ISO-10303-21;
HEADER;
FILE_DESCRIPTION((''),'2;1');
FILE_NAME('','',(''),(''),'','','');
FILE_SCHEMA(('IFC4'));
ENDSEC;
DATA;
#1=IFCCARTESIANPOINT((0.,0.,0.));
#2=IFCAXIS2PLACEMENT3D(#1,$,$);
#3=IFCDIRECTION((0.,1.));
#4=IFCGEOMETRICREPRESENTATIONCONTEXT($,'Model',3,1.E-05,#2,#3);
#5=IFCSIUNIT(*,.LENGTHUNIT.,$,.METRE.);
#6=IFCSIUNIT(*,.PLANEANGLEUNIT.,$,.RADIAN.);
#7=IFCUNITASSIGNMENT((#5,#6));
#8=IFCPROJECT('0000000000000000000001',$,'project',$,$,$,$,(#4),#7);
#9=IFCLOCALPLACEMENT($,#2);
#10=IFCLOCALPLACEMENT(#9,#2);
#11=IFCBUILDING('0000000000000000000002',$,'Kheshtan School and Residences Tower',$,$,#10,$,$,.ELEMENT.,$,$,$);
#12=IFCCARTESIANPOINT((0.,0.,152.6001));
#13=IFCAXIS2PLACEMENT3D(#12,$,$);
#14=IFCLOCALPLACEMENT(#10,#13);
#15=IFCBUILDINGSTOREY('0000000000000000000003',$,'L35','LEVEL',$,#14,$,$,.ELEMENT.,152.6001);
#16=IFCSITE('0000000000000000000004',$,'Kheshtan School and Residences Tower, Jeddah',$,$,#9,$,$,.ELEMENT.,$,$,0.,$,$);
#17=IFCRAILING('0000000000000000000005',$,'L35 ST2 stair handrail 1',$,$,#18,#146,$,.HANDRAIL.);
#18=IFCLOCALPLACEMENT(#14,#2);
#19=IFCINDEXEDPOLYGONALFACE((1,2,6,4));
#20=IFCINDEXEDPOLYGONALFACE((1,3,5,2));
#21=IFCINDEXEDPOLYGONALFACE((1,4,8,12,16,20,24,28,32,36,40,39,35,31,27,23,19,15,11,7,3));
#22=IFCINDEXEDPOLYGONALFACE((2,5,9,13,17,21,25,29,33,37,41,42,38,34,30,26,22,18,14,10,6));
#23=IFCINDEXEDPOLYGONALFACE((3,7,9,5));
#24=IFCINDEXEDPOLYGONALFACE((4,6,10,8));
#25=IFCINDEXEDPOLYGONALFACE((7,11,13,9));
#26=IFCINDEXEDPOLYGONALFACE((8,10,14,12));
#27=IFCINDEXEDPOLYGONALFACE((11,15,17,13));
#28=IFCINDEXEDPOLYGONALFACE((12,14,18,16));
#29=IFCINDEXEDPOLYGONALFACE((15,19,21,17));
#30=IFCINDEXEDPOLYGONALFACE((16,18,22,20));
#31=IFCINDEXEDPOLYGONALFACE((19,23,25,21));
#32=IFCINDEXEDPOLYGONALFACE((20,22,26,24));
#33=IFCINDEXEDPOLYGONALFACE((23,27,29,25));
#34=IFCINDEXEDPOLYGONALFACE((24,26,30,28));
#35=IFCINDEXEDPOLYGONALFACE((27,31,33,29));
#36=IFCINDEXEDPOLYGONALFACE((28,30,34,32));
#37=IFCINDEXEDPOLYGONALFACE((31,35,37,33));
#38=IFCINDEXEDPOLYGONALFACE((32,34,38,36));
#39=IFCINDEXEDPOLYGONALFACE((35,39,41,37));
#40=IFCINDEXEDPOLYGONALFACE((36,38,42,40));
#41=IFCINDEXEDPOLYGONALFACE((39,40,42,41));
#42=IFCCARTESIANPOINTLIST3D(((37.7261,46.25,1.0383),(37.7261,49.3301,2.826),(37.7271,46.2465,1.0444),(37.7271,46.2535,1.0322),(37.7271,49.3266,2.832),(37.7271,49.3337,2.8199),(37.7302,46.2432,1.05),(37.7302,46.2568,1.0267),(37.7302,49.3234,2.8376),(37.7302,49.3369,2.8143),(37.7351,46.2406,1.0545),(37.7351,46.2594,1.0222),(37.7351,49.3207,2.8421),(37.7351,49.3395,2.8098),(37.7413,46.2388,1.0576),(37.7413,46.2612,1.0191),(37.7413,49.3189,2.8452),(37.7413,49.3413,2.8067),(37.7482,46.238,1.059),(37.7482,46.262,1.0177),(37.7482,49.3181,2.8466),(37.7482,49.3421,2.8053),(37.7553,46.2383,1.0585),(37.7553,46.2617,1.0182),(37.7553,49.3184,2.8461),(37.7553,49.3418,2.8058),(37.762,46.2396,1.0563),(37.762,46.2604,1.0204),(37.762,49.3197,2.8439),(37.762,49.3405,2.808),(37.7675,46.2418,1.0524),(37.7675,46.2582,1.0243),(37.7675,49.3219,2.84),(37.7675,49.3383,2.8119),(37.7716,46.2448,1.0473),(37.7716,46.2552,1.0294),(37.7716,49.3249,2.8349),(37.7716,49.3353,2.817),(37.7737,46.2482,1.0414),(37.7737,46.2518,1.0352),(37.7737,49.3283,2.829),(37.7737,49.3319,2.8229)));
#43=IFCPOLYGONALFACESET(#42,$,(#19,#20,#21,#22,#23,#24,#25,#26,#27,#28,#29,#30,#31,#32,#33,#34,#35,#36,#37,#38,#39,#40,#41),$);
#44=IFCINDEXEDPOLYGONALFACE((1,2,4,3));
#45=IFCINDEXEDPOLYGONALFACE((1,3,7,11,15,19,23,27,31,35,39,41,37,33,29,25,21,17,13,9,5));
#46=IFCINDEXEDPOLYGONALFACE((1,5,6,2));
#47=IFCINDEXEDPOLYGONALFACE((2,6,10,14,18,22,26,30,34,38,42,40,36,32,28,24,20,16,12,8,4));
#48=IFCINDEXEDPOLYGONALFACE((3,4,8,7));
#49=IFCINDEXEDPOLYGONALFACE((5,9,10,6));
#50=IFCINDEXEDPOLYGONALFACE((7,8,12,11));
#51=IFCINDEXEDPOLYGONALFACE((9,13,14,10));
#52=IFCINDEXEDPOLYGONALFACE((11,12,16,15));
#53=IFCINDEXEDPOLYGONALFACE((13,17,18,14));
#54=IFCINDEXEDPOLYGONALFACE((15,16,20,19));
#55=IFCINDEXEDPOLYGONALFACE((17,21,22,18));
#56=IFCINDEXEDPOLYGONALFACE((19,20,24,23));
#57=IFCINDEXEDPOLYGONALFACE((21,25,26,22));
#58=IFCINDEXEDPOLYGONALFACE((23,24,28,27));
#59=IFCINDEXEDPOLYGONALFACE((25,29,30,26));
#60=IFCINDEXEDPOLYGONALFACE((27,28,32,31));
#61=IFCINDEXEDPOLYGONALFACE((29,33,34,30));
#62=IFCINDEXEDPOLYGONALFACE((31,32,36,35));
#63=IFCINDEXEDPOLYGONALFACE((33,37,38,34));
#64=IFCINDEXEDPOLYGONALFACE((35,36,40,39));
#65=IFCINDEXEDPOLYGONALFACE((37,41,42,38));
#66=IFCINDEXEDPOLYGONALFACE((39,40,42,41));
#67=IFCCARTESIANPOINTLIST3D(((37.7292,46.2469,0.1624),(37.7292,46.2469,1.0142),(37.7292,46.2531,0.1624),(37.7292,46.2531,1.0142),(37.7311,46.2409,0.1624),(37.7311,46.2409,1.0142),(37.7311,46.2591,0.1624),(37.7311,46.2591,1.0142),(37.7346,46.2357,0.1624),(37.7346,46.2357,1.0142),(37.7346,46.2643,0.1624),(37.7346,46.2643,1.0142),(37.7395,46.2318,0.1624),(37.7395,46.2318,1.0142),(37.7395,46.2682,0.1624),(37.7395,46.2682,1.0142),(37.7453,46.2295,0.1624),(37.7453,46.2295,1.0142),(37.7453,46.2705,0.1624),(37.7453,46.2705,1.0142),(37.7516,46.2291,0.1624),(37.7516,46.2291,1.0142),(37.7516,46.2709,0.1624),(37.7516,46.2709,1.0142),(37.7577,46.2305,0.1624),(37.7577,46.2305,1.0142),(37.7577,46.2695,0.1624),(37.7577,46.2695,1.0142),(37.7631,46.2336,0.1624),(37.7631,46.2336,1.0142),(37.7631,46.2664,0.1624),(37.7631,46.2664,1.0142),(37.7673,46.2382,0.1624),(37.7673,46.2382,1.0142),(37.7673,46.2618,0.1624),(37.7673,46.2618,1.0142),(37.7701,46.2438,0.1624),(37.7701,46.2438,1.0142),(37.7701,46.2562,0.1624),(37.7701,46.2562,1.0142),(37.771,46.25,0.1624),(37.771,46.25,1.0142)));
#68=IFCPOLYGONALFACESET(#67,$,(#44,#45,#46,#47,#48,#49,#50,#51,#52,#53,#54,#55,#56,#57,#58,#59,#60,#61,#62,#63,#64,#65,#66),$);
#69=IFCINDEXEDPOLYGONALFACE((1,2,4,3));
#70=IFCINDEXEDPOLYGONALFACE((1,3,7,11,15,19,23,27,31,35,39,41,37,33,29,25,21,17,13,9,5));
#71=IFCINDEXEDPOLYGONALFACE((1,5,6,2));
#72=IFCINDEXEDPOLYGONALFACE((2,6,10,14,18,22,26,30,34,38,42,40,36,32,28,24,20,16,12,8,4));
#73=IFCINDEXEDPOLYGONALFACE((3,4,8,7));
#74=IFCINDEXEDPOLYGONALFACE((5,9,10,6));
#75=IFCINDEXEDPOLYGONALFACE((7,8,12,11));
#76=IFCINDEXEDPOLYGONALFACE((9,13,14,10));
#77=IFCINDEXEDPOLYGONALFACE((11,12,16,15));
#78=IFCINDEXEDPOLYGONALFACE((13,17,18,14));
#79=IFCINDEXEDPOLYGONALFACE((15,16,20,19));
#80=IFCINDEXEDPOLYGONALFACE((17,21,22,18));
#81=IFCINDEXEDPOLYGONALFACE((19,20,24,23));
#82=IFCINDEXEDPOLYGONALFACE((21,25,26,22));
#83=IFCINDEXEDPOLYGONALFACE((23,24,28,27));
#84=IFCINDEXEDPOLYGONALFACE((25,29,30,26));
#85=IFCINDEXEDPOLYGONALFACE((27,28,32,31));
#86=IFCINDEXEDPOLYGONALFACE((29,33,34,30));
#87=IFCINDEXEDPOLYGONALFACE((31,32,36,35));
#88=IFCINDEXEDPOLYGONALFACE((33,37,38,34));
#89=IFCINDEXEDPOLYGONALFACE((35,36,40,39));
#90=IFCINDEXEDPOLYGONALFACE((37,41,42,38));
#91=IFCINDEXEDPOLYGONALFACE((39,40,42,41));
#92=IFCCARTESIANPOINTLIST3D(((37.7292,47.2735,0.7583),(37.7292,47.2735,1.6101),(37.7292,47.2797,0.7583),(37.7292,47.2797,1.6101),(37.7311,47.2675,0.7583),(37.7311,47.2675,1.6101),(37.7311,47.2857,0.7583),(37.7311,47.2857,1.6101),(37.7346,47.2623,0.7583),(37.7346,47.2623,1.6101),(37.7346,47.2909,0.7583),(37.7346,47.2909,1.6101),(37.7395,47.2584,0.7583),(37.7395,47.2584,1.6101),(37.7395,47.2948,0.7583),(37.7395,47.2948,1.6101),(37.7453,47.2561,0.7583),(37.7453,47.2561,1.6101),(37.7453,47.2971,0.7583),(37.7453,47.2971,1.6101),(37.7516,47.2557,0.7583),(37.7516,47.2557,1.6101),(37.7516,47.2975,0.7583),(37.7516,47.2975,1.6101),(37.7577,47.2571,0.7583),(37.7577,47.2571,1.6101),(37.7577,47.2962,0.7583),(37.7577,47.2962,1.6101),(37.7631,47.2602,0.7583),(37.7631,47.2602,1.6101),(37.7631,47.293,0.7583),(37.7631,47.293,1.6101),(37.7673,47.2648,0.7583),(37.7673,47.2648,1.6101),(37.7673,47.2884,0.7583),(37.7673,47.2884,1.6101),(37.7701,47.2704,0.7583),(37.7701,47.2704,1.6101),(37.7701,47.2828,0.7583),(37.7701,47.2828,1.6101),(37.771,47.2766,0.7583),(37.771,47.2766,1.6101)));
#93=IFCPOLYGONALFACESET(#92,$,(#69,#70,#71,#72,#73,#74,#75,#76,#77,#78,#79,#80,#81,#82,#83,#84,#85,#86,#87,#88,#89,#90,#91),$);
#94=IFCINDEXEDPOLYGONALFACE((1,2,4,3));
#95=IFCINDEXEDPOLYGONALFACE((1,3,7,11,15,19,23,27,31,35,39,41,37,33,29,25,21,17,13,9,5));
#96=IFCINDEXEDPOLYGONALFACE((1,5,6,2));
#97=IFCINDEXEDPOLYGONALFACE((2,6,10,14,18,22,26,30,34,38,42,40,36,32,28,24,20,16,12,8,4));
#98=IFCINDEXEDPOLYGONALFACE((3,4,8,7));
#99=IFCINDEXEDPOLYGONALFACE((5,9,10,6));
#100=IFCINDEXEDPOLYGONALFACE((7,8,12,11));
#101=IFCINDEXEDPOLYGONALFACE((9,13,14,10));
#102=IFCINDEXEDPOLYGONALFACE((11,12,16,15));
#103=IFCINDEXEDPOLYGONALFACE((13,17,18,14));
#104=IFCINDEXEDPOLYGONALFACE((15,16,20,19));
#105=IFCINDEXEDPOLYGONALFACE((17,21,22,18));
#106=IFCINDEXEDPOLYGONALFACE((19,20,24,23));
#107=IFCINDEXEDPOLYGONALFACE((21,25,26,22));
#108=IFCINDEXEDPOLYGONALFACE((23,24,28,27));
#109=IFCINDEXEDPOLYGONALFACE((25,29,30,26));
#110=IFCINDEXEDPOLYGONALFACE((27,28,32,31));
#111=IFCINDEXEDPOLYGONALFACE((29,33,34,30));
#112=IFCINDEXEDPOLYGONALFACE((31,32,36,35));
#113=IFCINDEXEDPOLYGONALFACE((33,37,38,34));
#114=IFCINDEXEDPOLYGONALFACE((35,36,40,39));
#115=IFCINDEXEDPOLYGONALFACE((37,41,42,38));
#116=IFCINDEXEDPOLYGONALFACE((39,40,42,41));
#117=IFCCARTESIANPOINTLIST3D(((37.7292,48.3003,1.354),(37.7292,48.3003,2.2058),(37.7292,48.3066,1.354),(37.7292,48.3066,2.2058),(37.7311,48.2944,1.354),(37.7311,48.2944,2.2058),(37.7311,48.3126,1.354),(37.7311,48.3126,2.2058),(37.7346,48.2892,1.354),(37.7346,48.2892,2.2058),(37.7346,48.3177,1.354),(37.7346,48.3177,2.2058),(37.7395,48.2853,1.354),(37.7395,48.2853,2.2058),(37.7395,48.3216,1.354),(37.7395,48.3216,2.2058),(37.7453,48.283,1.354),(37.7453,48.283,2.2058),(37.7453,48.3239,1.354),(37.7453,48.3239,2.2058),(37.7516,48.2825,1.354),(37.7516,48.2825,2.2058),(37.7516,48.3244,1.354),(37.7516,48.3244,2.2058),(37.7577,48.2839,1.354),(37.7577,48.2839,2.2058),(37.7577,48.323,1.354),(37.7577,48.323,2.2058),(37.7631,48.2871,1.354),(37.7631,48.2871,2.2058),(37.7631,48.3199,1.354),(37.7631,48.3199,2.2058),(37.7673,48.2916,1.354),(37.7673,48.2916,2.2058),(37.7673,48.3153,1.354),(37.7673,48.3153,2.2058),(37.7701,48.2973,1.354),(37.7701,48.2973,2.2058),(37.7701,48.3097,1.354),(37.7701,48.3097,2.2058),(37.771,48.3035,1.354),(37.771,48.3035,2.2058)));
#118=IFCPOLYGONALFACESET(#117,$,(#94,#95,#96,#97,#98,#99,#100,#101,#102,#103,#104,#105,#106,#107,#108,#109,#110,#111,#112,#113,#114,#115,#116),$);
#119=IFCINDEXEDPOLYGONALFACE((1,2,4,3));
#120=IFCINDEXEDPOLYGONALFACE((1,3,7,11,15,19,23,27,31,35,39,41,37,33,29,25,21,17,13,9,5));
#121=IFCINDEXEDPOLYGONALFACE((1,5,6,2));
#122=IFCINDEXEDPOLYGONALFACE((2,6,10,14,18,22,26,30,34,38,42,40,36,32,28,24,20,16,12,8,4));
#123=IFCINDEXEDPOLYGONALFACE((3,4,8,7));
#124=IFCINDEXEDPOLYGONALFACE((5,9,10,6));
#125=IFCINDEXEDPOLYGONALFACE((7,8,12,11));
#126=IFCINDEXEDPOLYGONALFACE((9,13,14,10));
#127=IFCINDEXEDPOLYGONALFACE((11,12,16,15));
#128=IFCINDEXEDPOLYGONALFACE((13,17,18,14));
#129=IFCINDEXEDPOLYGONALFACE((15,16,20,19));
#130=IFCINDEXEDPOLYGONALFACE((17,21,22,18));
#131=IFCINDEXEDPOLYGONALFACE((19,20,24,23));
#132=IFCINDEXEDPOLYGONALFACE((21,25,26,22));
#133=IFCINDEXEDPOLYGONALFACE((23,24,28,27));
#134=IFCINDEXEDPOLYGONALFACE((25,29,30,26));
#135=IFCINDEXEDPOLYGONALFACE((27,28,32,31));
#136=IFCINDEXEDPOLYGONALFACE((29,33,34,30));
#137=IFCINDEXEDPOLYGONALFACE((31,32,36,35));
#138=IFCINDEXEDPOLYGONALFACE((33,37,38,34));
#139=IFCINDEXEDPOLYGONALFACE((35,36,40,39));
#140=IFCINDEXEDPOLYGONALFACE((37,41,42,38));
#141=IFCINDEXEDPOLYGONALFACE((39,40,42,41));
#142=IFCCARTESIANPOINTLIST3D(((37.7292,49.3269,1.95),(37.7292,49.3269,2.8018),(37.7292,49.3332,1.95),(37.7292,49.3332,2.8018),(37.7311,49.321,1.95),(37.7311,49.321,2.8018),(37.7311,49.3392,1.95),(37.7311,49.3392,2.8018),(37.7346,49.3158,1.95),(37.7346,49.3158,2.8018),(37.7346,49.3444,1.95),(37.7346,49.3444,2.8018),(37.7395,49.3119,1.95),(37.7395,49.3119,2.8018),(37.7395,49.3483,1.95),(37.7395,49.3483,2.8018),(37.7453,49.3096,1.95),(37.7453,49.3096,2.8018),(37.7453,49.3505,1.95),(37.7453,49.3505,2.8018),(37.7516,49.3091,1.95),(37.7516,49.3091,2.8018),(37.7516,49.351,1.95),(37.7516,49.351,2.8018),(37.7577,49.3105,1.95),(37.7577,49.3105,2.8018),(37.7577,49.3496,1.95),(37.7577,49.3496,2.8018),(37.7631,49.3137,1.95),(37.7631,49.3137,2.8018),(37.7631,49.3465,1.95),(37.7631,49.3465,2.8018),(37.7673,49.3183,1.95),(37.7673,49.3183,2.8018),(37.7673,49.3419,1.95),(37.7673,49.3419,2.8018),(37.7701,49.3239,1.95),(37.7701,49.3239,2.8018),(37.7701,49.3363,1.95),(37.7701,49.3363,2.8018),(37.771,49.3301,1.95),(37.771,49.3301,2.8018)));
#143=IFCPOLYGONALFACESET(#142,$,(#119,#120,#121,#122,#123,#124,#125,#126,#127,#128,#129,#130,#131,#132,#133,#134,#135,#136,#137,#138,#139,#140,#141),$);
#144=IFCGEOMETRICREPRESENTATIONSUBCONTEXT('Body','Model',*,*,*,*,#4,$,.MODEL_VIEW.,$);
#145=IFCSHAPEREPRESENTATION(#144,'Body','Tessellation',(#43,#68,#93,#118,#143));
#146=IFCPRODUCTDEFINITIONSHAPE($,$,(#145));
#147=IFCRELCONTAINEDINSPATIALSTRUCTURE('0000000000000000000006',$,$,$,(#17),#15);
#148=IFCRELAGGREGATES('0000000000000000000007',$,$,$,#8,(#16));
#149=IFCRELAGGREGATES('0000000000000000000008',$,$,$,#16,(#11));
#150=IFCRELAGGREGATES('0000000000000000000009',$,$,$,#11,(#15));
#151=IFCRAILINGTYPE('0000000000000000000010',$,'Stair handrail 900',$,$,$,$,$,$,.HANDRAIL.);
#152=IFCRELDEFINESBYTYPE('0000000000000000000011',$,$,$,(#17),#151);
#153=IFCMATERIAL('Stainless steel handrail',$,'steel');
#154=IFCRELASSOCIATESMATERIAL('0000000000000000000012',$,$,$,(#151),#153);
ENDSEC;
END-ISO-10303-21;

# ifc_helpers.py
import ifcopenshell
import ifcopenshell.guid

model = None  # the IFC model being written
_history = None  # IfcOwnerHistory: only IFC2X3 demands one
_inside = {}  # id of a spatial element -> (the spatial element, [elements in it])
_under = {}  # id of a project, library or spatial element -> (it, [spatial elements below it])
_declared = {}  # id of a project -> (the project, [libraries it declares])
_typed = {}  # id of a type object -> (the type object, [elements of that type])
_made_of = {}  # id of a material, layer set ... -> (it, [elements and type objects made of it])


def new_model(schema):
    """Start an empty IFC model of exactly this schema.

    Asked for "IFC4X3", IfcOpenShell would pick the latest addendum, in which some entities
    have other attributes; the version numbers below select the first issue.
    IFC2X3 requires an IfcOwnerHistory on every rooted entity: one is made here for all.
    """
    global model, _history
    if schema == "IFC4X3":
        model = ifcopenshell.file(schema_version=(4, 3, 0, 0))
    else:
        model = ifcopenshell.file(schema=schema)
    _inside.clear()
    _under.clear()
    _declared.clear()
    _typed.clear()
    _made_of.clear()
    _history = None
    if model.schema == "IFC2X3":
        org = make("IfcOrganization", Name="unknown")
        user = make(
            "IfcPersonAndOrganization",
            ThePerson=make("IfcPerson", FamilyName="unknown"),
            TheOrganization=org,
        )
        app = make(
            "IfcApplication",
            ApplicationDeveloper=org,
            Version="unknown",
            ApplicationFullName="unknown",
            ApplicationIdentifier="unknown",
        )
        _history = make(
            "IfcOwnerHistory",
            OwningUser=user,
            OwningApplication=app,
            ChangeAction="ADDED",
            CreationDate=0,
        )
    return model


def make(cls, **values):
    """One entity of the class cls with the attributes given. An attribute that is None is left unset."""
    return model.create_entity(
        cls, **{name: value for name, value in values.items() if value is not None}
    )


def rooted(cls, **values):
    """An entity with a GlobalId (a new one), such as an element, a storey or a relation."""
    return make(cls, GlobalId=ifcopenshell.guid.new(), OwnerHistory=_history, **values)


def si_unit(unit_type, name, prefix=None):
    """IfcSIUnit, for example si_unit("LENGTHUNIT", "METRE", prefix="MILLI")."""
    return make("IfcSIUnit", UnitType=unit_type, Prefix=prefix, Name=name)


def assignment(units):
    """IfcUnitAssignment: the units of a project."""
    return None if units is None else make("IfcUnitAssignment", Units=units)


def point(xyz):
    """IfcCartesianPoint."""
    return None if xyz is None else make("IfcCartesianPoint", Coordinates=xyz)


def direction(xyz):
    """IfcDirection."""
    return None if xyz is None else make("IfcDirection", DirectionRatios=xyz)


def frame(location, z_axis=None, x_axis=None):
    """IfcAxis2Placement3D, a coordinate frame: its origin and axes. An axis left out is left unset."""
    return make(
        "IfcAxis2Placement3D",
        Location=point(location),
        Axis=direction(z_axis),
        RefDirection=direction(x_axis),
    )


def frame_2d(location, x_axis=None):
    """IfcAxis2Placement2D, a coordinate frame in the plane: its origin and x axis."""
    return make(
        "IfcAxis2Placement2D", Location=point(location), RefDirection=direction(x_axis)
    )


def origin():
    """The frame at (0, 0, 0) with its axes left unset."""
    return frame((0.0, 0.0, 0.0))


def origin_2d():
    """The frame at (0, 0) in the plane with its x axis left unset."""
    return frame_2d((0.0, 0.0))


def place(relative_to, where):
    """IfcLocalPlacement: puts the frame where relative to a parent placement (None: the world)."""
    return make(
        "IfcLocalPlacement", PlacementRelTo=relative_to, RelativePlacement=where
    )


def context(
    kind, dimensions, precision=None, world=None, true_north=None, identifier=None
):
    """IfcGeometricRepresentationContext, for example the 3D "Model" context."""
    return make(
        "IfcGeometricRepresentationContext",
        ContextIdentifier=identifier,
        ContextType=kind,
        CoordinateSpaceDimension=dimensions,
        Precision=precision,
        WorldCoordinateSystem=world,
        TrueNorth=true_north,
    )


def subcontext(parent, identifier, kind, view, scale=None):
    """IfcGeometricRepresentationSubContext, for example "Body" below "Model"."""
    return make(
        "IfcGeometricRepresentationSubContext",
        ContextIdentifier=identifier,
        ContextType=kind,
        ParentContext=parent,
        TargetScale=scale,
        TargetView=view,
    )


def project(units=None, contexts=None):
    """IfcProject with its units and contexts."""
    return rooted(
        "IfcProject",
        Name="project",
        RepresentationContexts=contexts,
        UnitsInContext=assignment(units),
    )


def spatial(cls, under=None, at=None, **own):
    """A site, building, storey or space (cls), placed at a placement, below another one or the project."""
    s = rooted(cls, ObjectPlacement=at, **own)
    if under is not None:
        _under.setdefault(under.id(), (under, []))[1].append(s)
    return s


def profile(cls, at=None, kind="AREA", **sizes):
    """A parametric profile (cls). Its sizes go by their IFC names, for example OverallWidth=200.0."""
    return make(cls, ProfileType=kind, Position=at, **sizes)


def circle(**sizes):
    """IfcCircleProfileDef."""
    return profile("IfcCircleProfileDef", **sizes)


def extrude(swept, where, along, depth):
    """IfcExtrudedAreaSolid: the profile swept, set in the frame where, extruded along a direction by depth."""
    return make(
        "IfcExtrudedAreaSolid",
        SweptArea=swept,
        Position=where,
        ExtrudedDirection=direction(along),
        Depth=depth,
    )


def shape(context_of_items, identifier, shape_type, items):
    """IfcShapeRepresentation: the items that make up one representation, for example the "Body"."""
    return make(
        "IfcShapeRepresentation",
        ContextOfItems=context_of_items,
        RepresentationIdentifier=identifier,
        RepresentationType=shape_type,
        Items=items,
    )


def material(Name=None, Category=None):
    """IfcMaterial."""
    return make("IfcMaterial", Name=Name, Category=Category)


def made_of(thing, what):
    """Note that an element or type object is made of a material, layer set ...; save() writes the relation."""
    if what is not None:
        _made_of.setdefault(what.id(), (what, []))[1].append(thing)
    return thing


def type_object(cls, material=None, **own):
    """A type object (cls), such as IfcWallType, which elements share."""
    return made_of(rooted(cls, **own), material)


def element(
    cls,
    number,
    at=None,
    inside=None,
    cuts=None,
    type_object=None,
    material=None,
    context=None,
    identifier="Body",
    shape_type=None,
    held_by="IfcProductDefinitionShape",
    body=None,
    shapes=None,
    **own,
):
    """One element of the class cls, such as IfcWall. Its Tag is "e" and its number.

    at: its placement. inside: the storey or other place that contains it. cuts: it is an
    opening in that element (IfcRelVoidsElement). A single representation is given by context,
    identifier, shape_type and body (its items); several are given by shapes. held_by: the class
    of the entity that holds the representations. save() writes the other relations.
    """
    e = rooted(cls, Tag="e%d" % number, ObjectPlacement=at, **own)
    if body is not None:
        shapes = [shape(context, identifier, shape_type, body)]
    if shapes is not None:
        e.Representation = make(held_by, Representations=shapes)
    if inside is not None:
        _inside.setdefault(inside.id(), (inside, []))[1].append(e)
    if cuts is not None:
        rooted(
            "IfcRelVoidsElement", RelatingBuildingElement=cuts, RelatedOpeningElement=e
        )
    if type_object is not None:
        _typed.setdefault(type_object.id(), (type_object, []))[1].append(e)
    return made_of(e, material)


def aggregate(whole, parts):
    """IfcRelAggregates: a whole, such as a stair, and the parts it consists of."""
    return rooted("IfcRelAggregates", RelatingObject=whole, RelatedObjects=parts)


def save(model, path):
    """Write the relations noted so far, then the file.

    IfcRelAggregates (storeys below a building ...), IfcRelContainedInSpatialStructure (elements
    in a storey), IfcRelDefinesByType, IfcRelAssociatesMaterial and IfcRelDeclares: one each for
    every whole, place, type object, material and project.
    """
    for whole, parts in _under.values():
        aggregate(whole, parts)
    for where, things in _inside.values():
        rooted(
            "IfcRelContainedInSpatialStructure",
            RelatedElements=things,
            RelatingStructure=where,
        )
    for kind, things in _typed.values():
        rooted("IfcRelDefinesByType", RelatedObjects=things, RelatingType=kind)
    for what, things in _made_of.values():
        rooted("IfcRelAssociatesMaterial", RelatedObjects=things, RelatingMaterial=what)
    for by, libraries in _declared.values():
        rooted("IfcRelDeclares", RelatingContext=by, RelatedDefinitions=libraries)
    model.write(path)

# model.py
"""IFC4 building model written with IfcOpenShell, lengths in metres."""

from ifc_helpers import new_model, si_unit, direction, frame, origin, origin_2d, place, context, subcontext, project, spatial, circle, extrude, material, type_object, element, save


model = new_model("IFC4")

# Units and contexts
model_context = context("Model", 3, precision=1e-05, world=origin(), true_north=direction((0.0, 1.0)))
body_context = subcontext(model_context, "Body", "Model", "MODEL_VIEW")
ifc_project = project(units=[si_unit("LENGTHUNIT", "METRE"), si_unit("PLANEANGLEUNIT", "RADIAN")], contexts=[model_context])

# Site, building, storey
site_placement = place(None, origin())
site = spatial("IfcSite", under=ifc_project, at=site_placement, Name="Kheshtan School and Residences Tower, Jeddah", CompositionType="ELEMENT", RefElevation=0.0)
building_placement = place(site_placement, origin())
building = spatial("IfcBuilding", under=site, at=building_placement, Name="Kheshtan School and Residences Tower", CompositionType="ELEMENT")
storey_placement = place(building_placement, frame((0.0, 0.0, 152.6001)))
storey = spatial("IfcBuildingStorey", under=building, at=storey_placement, Name="L35", Description="LEVEL", CompositionType="ELEMENT", Elevation=152.6001)

# Railing
ifc_material_1 = material(Name="Stainless steel handrail", Category="steel")
railing_type_1 = type_object("IfcRailingType", Name="Stair handrail 900", PredefinedType="HANDRAIL", material=ifc_material_1)
railing_1_placement = place(storey_placement, frame((37.75, 46.25, 0.1624)))
element("IfcRailing", 1, at=railing_1_placement, inside=storey, type_object=railing_type_1, Name="L35 ST2 stair handrail 1", PredefinedType="HANDRAIL", context=body_context, shape_type="SweptSolid", body=[
    extrude(circle(Radius=0.0239, at=origin_2d()), frame((0.0, 0.0, 0.876), z_axis=(0.0, 0.864891, 0.50196), x_axis=(-1.0, 0.0, 0.0)), (0.0, 0.0, 1.0), 3.5613),
    extrude(circle(Radius=0.021, at=origin_2d()), origin(), (0.0, 0.0, 1.0), 0.8518),
    extrude(circle(Radius=0.021, at=origin_2d()), frame((0.0, 1.0266, 0.5959)), (0.0, 0.0, 1.0), 0.8518),
    extrude(circle(Radius=0.021, at=origin_2d()), frame((0.0, 2.0535, 1.1917)), (0.0, 0.0, 1.0), 0.8518),
    extrude(circle(Radius=0.021, at=origin_2d()), frame((0.0, 3.0801, 1.7876)), (0.0, 0.0, 1.0), 0.8518),
])

save(model, "model.ifc")
